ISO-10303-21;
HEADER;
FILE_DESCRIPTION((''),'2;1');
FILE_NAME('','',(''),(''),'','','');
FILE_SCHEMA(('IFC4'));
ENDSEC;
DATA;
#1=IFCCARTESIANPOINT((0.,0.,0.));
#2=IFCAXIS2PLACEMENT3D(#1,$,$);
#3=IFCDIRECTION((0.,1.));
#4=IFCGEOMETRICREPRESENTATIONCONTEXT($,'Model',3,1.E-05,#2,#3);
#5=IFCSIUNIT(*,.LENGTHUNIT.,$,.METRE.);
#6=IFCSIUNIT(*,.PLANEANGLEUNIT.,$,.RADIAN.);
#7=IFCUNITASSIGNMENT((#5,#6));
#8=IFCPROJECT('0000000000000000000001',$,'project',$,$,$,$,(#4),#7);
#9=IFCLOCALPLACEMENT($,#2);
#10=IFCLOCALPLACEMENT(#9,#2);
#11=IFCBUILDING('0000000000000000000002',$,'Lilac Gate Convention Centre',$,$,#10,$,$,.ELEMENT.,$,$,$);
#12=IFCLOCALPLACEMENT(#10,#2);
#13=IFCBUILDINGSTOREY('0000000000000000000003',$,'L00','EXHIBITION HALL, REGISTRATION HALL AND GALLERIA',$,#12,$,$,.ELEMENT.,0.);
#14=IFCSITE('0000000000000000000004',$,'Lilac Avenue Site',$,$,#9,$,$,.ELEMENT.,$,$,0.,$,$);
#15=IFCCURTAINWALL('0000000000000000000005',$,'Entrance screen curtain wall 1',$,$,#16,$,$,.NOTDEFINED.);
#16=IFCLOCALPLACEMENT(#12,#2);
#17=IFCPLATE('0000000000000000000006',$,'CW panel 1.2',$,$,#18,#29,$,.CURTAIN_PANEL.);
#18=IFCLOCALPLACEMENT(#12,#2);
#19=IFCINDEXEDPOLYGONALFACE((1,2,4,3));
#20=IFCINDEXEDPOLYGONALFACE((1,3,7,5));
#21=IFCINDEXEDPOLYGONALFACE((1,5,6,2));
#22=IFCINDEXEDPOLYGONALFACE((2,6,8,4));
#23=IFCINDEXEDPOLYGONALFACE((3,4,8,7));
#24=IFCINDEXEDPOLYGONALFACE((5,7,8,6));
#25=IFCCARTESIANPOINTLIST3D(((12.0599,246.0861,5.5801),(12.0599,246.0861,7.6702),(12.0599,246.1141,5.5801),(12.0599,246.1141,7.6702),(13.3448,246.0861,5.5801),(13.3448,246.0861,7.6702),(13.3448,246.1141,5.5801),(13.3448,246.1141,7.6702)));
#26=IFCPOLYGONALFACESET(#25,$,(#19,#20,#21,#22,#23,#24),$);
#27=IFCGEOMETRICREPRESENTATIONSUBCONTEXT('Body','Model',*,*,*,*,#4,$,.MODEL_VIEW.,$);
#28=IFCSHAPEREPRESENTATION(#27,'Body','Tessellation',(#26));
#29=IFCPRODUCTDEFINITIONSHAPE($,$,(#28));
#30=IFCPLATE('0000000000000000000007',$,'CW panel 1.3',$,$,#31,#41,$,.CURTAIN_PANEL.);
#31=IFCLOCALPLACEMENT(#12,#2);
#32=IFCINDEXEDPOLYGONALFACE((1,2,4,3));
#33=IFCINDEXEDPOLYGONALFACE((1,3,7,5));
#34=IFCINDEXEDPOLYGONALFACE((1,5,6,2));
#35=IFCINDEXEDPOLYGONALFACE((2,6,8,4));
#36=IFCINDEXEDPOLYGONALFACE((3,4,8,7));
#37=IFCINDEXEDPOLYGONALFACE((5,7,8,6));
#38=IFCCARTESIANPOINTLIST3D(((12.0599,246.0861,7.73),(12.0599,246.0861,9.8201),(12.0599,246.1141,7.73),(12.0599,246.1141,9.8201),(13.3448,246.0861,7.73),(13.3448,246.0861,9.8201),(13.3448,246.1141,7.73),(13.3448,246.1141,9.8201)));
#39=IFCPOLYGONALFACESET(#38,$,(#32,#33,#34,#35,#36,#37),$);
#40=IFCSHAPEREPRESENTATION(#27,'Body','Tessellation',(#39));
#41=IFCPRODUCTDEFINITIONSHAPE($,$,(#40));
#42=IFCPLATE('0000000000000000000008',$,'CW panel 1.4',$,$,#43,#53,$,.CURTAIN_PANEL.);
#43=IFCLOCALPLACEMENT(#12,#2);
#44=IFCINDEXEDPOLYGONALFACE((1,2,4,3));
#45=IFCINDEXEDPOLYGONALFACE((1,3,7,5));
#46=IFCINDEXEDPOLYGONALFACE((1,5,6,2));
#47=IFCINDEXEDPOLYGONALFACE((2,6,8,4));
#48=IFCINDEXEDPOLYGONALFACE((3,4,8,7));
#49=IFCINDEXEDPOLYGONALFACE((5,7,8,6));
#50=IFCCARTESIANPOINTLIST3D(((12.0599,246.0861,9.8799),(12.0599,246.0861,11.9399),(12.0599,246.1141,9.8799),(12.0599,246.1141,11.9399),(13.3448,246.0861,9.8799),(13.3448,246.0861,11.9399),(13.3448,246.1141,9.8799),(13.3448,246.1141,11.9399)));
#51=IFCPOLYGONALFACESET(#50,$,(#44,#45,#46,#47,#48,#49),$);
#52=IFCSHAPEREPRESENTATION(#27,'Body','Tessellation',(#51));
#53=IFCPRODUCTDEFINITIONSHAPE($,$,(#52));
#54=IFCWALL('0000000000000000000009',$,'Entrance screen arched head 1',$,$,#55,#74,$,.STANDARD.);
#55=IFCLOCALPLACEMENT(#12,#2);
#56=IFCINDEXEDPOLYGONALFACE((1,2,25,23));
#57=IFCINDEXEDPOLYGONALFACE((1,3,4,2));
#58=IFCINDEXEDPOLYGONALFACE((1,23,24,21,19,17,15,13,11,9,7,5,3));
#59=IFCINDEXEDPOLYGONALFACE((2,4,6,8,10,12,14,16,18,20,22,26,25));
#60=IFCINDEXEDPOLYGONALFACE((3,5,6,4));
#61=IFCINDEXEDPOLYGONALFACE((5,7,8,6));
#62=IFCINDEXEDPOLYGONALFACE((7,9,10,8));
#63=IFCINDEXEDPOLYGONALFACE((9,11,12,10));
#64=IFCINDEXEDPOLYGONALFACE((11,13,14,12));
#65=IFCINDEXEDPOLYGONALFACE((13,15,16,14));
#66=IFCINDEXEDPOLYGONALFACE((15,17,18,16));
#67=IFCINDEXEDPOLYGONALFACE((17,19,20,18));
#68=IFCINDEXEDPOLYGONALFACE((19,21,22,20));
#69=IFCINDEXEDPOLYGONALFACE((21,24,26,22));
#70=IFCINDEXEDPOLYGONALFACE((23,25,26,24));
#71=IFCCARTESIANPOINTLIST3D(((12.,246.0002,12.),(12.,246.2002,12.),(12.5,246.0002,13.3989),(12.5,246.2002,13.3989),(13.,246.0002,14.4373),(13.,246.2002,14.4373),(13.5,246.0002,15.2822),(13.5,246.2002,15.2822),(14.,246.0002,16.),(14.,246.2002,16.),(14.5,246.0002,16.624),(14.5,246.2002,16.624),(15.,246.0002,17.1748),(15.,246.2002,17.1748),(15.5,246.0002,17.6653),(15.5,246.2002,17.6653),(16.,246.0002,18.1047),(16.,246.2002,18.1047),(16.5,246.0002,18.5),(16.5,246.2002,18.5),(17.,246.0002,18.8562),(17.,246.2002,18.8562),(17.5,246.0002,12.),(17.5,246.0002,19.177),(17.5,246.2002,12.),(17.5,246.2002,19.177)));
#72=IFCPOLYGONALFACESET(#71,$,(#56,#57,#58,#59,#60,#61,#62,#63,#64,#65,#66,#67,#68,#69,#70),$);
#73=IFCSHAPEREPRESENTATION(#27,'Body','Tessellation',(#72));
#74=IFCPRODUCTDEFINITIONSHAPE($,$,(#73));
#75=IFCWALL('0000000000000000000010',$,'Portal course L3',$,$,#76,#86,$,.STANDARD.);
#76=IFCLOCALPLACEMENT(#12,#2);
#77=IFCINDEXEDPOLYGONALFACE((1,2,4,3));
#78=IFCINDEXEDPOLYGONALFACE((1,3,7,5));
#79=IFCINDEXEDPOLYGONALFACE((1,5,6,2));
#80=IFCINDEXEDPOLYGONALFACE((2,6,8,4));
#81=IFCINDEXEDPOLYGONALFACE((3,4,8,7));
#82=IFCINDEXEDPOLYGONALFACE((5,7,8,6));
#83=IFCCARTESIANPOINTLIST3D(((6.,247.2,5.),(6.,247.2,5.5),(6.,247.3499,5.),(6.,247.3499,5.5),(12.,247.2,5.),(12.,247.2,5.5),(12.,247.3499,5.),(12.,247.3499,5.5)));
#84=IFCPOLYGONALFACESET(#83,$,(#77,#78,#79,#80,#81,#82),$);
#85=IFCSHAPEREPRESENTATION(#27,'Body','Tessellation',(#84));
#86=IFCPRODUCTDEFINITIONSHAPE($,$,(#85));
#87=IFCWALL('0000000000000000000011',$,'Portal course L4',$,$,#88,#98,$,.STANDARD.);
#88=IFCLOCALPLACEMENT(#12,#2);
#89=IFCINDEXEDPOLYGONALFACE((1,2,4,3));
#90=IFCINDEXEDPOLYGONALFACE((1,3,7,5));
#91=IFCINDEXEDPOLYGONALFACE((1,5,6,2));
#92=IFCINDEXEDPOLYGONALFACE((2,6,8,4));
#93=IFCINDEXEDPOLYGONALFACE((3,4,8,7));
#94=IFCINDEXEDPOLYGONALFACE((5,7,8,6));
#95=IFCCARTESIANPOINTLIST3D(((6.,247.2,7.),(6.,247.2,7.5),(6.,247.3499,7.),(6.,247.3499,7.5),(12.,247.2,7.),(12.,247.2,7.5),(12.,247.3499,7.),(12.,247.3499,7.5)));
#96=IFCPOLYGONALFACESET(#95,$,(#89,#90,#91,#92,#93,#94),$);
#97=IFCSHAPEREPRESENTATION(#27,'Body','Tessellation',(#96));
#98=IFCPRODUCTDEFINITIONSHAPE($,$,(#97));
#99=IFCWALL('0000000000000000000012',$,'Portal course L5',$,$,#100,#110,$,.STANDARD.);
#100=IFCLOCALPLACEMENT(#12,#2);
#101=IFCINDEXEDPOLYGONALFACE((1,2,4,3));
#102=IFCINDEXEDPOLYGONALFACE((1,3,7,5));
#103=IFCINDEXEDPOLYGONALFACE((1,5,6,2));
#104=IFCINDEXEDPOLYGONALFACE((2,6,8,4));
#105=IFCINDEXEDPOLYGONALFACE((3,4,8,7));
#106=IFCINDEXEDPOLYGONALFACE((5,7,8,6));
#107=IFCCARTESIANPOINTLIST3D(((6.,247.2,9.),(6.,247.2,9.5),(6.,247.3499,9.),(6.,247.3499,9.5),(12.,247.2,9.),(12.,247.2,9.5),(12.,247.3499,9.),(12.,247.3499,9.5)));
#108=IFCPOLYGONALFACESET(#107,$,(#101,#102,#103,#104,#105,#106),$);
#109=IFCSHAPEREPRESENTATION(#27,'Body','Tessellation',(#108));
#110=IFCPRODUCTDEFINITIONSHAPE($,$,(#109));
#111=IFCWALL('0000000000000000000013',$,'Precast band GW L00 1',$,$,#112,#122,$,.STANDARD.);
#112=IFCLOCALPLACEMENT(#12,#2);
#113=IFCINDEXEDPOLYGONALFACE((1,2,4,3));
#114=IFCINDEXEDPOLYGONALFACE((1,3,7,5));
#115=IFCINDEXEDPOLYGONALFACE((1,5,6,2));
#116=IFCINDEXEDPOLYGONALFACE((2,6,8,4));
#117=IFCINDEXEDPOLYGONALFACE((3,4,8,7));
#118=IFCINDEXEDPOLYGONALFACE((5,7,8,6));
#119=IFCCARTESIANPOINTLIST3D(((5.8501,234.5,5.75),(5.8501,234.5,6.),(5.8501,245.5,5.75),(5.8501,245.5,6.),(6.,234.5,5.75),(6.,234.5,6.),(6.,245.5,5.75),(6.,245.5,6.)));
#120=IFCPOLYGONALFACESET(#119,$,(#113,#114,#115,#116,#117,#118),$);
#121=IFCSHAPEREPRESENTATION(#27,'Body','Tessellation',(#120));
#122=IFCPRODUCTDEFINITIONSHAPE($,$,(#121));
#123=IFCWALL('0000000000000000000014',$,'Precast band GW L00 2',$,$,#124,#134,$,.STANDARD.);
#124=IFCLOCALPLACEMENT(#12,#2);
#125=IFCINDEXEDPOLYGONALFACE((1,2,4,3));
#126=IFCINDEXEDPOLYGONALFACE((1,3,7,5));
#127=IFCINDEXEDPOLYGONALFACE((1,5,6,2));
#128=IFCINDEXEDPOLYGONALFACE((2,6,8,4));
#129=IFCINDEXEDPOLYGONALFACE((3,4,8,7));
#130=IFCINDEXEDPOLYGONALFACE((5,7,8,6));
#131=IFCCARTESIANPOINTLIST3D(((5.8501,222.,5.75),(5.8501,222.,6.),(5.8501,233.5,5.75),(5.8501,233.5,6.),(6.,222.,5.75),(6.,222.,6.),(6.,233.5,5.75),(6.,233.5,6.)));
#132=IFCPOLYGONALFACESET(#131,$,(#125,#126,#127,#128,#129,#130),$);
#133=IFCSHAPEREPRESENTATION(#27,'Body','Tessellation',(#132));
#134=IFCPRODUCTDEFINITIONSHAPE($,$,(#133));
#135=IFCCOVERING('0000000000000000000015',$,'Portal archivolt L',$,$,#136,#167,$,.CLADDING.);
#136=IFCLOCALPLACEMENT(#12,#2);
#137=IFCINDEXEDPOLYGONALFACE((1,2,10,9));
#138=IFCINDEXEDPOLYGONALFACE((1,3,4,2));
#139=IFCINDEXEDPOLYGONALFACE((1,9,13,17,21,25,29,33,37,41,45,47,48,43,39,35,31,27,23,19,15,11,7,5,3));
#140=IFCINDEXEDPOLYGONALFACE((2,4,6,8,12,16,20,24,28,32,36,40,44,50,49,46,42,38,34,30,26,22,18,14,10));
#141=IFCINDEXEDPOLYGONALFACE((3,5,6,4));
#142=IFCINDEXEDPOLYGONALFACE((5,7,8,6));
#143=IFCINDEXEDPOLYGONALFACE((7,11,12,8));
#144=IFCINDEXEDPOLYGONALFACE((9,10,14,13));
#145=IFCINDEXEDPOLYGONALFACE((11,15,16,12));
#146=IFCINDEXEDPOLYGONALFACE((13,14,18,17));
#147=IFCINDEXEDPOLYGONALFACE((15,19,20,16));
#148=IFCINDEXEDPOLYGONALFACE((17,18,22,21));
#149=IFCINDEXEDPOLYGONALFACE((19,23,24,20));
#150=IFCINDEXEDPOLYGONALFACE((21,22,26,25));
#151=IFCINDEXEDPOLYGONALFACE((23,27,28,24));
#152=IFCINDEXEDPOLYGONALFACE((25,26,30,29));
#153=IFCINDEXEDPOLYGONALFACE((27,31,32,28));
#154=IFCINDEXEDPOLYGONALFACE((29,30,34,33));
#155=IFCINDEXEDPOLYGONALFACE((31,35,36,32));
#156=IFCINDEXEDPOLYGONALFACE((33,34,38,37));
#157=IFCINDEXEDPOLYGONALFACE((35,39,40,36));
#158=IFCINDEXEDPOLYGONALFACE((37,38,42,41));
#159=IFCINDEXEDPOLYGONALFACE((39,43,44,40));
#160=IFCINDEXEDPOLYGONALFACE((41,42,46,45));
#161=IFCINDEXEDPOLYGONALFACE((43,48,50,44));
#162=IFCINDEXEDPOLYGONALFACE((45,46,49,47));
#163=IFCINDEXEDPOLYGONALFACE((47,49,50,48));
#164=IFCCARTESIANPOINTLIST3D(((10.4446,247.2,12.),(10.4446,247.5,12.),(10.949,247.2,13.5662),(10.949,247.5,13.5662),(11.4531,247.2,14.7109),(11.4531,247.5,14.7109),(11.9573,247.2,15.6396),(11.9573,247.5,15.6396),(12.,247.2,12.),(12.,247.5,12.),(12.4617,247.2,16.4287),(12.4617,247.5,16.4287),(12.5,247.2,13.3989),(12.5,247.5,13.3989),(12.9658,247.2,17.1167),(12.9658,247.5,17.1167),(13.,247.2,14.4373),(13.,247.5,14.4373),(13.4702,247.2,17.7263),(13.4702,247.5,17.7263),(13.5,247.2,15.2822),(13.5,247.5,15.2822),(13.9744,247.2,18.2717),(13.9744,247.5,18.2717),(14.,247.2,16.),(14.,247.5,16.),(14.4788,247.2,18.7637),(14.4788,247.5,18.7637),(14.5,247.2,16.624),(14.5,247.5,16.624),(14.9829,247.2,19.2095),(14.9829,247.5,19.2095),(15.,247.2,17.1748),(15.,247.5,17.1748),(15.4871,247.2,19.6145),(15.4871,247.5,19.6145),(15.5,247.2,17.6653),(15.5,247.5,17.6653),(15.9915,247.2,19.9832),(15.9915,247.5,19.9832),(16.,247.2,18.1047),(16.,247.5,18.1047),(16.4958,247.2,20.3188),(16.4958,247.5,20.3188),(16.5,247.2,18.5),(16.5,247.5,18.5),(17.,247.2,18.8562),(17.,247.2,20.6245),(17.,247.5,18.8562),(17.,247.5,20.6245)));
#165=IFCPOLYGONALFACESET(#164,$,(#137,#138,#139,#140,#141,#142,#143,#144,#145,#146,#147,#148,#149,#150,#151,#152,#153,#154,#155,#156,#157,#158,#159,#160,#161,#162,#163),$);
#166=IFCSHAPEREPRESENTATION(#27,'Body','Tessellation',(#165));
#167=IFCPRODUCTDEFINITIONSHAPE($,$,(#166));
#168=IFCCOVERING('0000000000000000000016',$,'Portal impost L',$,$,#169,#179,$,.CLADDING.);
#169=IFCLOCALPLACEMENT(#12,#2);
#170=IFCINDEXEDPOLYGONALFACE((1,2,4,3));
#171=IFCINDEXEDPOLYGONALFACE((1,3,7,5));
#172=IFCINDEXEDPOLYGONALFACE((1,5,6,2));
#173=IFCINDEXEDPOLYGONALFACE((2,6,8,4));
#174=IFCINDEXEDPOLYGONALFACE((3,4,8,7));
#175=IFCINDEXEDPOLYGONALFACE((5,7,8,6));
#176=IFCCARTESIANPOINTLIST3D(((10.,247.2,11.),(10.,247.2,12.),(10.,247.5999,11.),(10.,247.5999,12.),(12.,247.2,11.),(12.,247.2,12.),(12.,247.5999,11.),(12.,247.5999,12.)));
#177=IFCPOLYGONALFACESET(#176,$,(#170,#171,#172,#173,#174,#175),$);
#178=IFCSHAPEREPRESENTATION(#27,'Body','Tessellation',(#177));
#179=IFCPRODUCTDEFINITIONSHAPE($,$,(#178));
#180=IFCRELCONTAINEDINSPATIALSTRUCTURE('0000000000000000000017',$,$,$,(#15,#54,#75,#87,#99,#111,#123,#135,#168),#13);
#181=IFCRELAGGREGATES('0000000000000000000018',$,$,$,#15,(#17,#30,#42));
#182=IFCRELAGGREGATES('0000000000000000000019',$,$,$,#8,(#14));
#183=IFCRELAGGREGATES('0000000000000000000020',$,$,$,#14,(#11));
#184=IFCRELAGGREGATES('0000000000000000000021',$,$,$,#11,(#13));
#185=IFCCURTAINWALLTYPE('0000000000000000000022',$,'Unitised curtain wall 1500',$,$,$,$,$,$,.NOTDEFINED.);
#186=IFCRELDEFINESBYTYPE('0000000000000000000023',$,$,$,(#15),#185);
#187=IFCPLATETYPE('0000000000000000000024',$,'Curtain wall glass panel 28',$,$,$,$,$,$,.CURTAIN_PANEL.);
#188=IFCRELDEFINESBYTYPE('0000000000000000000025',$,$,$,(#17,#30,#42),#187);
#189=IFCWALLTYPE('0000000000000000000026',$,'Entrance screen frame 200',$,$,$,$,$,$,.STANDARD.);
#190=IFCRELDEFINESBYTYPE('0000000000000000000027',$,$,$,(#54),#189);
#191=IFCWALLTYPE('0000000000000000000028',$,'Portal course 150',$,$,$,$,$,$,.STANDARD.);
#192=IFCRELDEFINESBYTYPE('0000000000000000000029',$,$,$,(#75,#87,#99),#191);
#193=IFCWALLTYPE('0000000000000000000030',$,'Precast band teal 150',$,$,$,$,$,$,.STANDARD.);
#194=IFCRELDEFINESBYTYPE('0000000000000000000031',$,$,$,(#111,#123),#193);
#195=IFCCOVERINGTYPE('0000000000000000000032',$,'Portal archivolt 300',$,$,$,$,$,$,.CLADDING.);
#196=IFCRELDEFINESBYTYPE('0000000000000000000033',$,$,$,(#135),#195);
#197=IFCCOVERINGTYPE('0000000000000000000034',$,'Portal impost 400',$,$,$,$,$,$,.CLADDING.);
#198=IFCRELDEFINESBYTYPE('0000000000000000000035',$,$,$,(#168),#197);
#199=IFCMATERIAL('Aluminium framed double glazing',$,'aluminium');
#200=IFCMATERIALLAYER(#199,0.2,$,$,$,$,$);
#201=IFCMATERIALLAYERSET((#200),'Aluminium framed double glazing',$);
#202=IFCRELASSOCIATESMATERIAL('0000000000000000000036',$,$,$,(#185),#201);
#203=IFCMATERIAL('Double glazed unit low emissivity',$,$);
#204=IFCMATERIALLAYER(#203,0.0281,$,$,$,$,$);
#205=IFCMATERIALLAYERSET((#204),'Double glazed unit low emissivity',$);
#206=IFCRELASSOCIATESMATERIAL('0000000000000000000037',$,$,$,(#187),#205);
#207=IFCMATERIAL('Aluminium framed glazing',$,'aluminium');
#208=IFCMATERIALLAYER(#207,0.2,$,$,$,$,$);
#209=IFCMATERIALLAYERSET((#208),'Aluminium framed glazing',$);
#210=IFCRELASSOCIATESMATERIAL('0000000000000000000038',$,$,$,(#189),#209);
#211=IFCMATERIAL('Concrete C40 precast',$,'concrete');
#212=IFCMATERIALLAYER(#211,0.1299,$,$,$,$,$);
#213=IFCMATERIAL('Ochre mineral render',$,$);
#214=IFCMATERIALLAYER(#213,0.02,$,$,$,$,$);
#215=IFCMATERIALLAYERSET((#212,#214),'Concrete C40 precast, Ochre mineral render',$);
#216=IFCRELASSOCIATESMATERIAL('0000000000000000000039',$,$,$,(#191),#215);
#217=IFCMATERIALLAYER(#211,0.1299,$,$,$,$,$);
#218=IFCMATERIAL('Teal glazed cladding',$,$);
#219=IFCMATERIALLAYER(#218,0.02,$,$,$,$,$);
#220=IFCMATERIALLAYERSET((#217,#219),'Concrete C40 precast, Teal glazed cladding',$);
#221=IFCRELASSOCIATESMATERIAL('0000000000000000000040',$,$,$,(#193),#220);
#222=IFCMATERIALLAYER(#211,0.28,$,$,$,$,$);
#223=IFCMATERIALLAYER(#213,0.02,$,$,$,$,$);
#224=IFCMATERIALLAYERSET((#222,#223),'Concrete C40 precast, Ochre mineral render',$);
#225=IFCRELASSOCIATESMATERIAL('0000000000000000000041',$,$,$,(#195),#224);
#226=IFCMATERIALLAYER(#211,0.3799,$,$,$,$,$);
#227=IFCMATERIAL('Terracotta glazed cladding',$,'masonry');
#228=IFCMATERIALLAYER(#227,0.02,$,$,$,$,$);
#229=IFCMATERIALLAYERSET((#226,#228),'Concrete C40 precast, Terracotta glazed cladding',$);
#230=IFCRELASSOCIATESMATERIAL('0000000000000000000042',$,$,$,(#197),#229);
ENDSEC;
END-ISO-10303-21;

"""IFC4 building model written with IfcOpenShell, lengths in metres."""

from ifc_helpers import new_model, si_unit, direction, frame, frame_2d, origin, origin_2d, place, context, subcontext, project, spatial, polyline, rectangle, outline, extrude, material, layer, layer_set, type_object, element, aggregate, save


model = new_model("IFC4")

# Units and contexts
model_context = context("Model", 3, precision=1e-05, world=origin(), true_north=direction((0.0, 1.0)))
body_context = subcontext(model_context, "Body", "Model", "MODEL_VIEW")
ifc_project = project(units=[si_unit("LENGTHUNIT", "METRE"), si_unit("PLANEANGLEUNIT", "RADIAN")], contexts=[model_context])

# Site, building, storey
site_placement = place(None, origin())
site = spatial("IfcSite", under=ifc_project, at=site_placement, Name="Lilac Avenue Site", CompositionType="ELEMENT", RefElevation=0.0)
building_placement = place(site_placement, origin())
building = spatial("IfcBuilding", under=site, at=building_placement, Name="Lilac Gate Convention Centre", CompositionType="ELEMENT")
storey_placement = place(building_placement, origin())
storey = spatial("IfcBuildingStorey", under=building, at=storey_placement, Name="L00", Description="EXHIBITION HALL, REGISTRATION HALL AND GALLERIA", CompositionType="ELEMENT", Elevation=0.0)

# Shared definitions
ifc_material_1 = material(Name="Aluminium framed double glazing", Category="aluminium")
ifc_layer_1 = layer(ifc_material_1, 0.2)
ifc_layer_set_1 = layer_set([ifc_layer_1], Name="Aluminium framed double glazing")
curtain_wall_type = type_object("IfcCurtainWallType", Name="Unitised curtain wall 1500", PredefinedType="NOTDEFINED", material=ifc_layer_set_1)

# Curtain wall, plates
curtain_wall_1_placement = place(storey_placement, origin())
curtain_wall_1 = element("IfcCurtainWall", 1, at=curtain_wall_1_placement, inside=storey, type_object=curtain_wall_type, Name="Entrance screen curtain wall 1", PredefinedType="NOTDEFINED")
ifc_material_2 = material(Name="Double glazed unit low emissivity")
ifc_layer_2 = layer(ifc_material_2, 0.0281)
ifc_layer_set_2 = layer_set([ifc_layer_2], Name="Double glazed unit low emissivity")
plate_type = type_object("IfcPlateType", Name="Curtain wall glass panel 28", PredefinedType="CURTAIN_PANEL", material=ifc_layer_set_2)
plate_1_placement = place(storey_placement, frame((12.7024, 246.1001, 5.5801), z_axis=(0.0, 0.0, 1.0), x_axis=(1.0, 0.0, 0.0)))
plate_1 = element("IfcPlate", 2, at=plate_1_placement, type_object=plate_type, Name="CW panel 1.2", PredefinedType="CURTAIN_PANEL", context=body_context, shape_type="SweptSolid", body=[
    extrude(rectangle(XDim=1.2849, YDim=0.0281, at=origin_2d()), origin(), (0.0, 0.0, 1.0), 2.0901),
])
plate_2_placement = place(storey_placement, frame((12.7024, 246.1001, 7.73), z_axis=(0.0, 0.0, 1.0), x_axis=(1.0, 0.0, 0.0)))
plate_2 = element("IfcPlate", 3, at=plate_2_placement, type_object=plate_type, Name="CW panel 1.3", PredefinedType="CURTAIN_PANEL", context=body_context, shape_type="SweptSolid", body=[
    extrude(rectangle(XDim=1.2849, YDim=0.0281, at=origin_2d()), origin(), (0.0, 0.0, 1.0), 2.0901),
])
plate_3_placement = place(storey_placement, frame((12.7024, 246.1001, 9.8799), z_axis=(0.0, 0.0, 1.0), x_axis=(1.0, 0.0, 0.0)))
plate_3 = element("IfcPlate", 4, at=plate_3_placement, type_object=plate_type, Name="CW panel 1.4", PredefinedType="CURTAIN_PANEL", context=body_context, shape_type="SweptSolid", body=[
    extrude(rectangle(XDim=1.2849, YDim=0.0281, at=origin_2d()), origin(), (0.0, 0.0, 1.0), 2.0601),
])
aggregate(curtain_wall_1, [plate_1, plate_2, plate_3])

# Walls
ifc_material_3 = material(Name="Aluminium framed glazing", Category="aluminium")
ifc_layer_3 = layer(ifc_material_3, 0.2)
ifc_layer_set_3 = layer_set([ifc_layer_3], Name="Aluminium framed glazing")
wall_type_1 = type_object("IfcWallType", Name="Entrance screen frame 200", PredefinedType="STANDARD", material=ifc_layer_set_3)
wall_1_placement = place(storey_placement, frame((12.0, 246.1001, 12.0), z_axis=(0.0, 0.0, 1.0), x_axis=(1.0, 0.0, 0.0)))
element("IfcWall", 5, at=wall_1_placement, inside=storey, type_object=wall_type_1, Name="Entrance screen arched head 1", PredefinedType="STANDARD", context=body_context, shape_type="SweptSolid", body=[
    extrude(outline(polyline([(0.0, 0.0), (5.5, 0.0), (5.5, 7.177), (5.0, 6.8562), (4.5, 6.5), (4.0, 6.1047), (3.5, 5.6653), (3.0, 5.1748), (2.5, 4.624), (2.0, 4.0), (1.5, 3.2822), (1.0, 2.4373), (0.5, 1.3989), (0.0, 0.0), (0.0, 0.0)])), frame((0.0, 0.1001, 0.0), z_axis=(0.0, -1.0, 0.0), x_axis=(1.0, 0.0, 0.0)), (0.0, 0.0, 1.0), 0.2),
])
ifc_material_4 = material(Name="Concrete C40 precast", Category="concrete")
ifc_layer_4 = layer(ifc_material_4, 0.1299)
ifc_material_5 = material(Name="Ochre mineral render")
ifc_layer_5 = layer(ifc_material_5, 0.02)
ifc_layer_set_4 = layer_set([ifc_layer_4, ifc_layer_5], Name="Concrete C40 precast, Ochre mineral render")
wall_type_2 = type_object("IfcWallType", Name="Portal course 150", PredefinedType="STANDARD", material=ifc_layer_set_4)
for number, where, z_axis, x_axis, name in (
    (6, (6.0, 247.2749, 5.0), (0.0, 0.0, 1.0), (1.0, 0.0, 0.0), "Portal course L3"),
    (7, (6.0, 247.2749, 7.0), (0.0, 0.0, 1.0), (1.0, 0.0, 0.0), "Portal course L4"),
    (8, (6.0, 247.2749, 9.0), (0.0, 0.0, 1.0), (1.0, 0.0, 0.0), "Portal course L5"),
):
    element("IfcWall", number, at=place(storey_placement, frame(where, z_axis=z_axis, x_axis=x_axis)), inside=storey, type_object=wall_type_2, Name=name, PredefinedType="STANDARD", context=body_context, shape_type="SweptSolid", body=[
        extrude(rectangle(XDim=6.0, YDim=0.1499, at=frame_2d((3.0, 0.0))), origin(), (0.0, 0.0, 1.0), 0.5),
    ])
ifc_layer_6 = layer(ifc_material_4, 0.1299)
ifc_material_6 = material(Name="Teal glazed cladding")
ifc_layer_7 = layer(ifc_material_6, 0.02)
ifc_layer_set_5 = layer_set([ifc_layer_6, ifc_layer_7], Name="Concrete C40 precast, Teal glazed cladding")
wall_type_3 = type_object("IfcWallType", Name="Precast band teal 150", PredefinedType="STANDARD", material=ifc_layer_set_5)
wall_2_placement = place(storey_placement, frame((5.925, 245.5, 5.75), z_axis=(0.0, 0.0, 1.0), x_axis=(0.0, -1.0, 0.0)))
element("IfcWall", 9, at=wall_2_placement, inside=storey, type_object=wall_type_3, Name="Precast band GW L00 1", PredefinedType="STANDARD", context=body_context, shape_type="SweptSolid", body=[
    extrude(rectangle(XDim=11.0, YDim=0.1499, at=frame_2d((5.5, 0.0))), origin(), (0.0, 0.0, 1.0), 0.25),
])
wall_3_placement = place(storey_placement, frame((5.925, 233.5, 5.75), z_axis=(0.0, 0.0, 1.0), x_axis=(0.0, -1.0, 0.0)))
element("IfcWall", 10, at=wall_3_placement, inside=storey, type_object=wall_type_3, Name="Precast band GW L00 2", PredefinedType="STANDARD", context=body_context, shape_type="SweptSolid", body=[
    extrude(rectangle(XDim=11.5, YDim=0.1499, at=frame_2d((5.75, 0.0))), origin(), (0.0, 0.0, 1.0), 0.25),
])

# Coverings
ifc_layer_8 = layer(ifc_material_4, 0.28)
ifc_layer_9 = layer(ifc_material_5, 0.02)
ifc_layer_set_6 = layer_set([ifc_layer_8, ifc_layer_9], Name="Concrete C40 precast, Ochre mineral render")
covering_type_1 = type_object("IfcCoveringType", Name="Portal archivolt 300", PredefinedType="CLADDING", material=ifc_layer_set_6)
covering_1_placement = place(storey_placement, frame((10.4446, 247.3501, 12.0), z_axis=(0.0, 0.0, 1.0), x_axis=(1.0, 0.0, 0.0)))
element("IfcCovering", 11, at=covering_1_placement, inside=storey, type_object=covering_type_1, Name="Portal archivolt L", PredefinedType="CLADDING", context=body_context, shape_type="SweptSolid", body=[
    extrude(outline(polyline([(0.0, 0.0), (1.5554, 0.0), (1.5554, 0.0), (2.0554, 1.3989), (2.5554, 2.4373), (3.0554, 3.2822), (3.5554, 4.0), (4.0554, 4.624), (4.5554, 5.1748), (5.0554, 5.6653), (5.5554, 6.1047), (6.0554, 6.5), (6.5554, 6.8562), (6.5554, 8.6245), (6.0513, 8.3188), (5.5469, 7.9832), (5.0425, 7.6145), (4.5383, 7.2095), (4.0342, 6.7637), (3.5298, 6.2717), (3.0256, 5.7263), (2.5212, 5.1167), (2.0171, 4.4287), (1.5127, 3.6396), (1.0085, 2.7109), (0.5044, 1.5662), (0.0, 0.0), (0.0, 0.0)])), frame((0.0, 0.1499, 0.0), z_axis=(0.0, -1.0, 0.0), x_axis=(1.0, 0.0, 0.0)), (0.0, 0.0, 1.0), 0.3),
])
ifc_layer_10 = layer(ifc_material_4, 0.3799)
ifc_material_7 = material(Name="Terracotta glazed cladding", Category="masonry")
ifc_layer_11 = layer(ifc_material_7, 0.02)
ifc_layer_set_7 = layer_set([ifc_layer_10, ifc_layer_11], Name="Concrete C40 precast, Terracotta glazed cladding")
covering_type_2 = type_object("IfcCoveringType", Name="Portal impost 400", PredefinedType="CLADDING", material=ifc_layer_set_7)
covering_2_placement = place(storey_placement, frame((10.0, 247.3999, 11.0), z_axis=(0.0, 0.0, 1.0), x_axis=(1.0, 0.0, 0.0)))
element("IfcCovering", 12, at=covering_2_placement, inside=storey, type_object=covering_type_2, Name="Portal impost L", PredefinedType="CLADDING", context=body_context, shape_type="SweptSolid", body=[
    extrude(rectangle(XDim=2.0, YDim=0.3999, at=frame_2d((1.0, 0.0))), origin(), (0.0, 0.0, 1.0), 1.0),
])

save(model, "model.ifc")
